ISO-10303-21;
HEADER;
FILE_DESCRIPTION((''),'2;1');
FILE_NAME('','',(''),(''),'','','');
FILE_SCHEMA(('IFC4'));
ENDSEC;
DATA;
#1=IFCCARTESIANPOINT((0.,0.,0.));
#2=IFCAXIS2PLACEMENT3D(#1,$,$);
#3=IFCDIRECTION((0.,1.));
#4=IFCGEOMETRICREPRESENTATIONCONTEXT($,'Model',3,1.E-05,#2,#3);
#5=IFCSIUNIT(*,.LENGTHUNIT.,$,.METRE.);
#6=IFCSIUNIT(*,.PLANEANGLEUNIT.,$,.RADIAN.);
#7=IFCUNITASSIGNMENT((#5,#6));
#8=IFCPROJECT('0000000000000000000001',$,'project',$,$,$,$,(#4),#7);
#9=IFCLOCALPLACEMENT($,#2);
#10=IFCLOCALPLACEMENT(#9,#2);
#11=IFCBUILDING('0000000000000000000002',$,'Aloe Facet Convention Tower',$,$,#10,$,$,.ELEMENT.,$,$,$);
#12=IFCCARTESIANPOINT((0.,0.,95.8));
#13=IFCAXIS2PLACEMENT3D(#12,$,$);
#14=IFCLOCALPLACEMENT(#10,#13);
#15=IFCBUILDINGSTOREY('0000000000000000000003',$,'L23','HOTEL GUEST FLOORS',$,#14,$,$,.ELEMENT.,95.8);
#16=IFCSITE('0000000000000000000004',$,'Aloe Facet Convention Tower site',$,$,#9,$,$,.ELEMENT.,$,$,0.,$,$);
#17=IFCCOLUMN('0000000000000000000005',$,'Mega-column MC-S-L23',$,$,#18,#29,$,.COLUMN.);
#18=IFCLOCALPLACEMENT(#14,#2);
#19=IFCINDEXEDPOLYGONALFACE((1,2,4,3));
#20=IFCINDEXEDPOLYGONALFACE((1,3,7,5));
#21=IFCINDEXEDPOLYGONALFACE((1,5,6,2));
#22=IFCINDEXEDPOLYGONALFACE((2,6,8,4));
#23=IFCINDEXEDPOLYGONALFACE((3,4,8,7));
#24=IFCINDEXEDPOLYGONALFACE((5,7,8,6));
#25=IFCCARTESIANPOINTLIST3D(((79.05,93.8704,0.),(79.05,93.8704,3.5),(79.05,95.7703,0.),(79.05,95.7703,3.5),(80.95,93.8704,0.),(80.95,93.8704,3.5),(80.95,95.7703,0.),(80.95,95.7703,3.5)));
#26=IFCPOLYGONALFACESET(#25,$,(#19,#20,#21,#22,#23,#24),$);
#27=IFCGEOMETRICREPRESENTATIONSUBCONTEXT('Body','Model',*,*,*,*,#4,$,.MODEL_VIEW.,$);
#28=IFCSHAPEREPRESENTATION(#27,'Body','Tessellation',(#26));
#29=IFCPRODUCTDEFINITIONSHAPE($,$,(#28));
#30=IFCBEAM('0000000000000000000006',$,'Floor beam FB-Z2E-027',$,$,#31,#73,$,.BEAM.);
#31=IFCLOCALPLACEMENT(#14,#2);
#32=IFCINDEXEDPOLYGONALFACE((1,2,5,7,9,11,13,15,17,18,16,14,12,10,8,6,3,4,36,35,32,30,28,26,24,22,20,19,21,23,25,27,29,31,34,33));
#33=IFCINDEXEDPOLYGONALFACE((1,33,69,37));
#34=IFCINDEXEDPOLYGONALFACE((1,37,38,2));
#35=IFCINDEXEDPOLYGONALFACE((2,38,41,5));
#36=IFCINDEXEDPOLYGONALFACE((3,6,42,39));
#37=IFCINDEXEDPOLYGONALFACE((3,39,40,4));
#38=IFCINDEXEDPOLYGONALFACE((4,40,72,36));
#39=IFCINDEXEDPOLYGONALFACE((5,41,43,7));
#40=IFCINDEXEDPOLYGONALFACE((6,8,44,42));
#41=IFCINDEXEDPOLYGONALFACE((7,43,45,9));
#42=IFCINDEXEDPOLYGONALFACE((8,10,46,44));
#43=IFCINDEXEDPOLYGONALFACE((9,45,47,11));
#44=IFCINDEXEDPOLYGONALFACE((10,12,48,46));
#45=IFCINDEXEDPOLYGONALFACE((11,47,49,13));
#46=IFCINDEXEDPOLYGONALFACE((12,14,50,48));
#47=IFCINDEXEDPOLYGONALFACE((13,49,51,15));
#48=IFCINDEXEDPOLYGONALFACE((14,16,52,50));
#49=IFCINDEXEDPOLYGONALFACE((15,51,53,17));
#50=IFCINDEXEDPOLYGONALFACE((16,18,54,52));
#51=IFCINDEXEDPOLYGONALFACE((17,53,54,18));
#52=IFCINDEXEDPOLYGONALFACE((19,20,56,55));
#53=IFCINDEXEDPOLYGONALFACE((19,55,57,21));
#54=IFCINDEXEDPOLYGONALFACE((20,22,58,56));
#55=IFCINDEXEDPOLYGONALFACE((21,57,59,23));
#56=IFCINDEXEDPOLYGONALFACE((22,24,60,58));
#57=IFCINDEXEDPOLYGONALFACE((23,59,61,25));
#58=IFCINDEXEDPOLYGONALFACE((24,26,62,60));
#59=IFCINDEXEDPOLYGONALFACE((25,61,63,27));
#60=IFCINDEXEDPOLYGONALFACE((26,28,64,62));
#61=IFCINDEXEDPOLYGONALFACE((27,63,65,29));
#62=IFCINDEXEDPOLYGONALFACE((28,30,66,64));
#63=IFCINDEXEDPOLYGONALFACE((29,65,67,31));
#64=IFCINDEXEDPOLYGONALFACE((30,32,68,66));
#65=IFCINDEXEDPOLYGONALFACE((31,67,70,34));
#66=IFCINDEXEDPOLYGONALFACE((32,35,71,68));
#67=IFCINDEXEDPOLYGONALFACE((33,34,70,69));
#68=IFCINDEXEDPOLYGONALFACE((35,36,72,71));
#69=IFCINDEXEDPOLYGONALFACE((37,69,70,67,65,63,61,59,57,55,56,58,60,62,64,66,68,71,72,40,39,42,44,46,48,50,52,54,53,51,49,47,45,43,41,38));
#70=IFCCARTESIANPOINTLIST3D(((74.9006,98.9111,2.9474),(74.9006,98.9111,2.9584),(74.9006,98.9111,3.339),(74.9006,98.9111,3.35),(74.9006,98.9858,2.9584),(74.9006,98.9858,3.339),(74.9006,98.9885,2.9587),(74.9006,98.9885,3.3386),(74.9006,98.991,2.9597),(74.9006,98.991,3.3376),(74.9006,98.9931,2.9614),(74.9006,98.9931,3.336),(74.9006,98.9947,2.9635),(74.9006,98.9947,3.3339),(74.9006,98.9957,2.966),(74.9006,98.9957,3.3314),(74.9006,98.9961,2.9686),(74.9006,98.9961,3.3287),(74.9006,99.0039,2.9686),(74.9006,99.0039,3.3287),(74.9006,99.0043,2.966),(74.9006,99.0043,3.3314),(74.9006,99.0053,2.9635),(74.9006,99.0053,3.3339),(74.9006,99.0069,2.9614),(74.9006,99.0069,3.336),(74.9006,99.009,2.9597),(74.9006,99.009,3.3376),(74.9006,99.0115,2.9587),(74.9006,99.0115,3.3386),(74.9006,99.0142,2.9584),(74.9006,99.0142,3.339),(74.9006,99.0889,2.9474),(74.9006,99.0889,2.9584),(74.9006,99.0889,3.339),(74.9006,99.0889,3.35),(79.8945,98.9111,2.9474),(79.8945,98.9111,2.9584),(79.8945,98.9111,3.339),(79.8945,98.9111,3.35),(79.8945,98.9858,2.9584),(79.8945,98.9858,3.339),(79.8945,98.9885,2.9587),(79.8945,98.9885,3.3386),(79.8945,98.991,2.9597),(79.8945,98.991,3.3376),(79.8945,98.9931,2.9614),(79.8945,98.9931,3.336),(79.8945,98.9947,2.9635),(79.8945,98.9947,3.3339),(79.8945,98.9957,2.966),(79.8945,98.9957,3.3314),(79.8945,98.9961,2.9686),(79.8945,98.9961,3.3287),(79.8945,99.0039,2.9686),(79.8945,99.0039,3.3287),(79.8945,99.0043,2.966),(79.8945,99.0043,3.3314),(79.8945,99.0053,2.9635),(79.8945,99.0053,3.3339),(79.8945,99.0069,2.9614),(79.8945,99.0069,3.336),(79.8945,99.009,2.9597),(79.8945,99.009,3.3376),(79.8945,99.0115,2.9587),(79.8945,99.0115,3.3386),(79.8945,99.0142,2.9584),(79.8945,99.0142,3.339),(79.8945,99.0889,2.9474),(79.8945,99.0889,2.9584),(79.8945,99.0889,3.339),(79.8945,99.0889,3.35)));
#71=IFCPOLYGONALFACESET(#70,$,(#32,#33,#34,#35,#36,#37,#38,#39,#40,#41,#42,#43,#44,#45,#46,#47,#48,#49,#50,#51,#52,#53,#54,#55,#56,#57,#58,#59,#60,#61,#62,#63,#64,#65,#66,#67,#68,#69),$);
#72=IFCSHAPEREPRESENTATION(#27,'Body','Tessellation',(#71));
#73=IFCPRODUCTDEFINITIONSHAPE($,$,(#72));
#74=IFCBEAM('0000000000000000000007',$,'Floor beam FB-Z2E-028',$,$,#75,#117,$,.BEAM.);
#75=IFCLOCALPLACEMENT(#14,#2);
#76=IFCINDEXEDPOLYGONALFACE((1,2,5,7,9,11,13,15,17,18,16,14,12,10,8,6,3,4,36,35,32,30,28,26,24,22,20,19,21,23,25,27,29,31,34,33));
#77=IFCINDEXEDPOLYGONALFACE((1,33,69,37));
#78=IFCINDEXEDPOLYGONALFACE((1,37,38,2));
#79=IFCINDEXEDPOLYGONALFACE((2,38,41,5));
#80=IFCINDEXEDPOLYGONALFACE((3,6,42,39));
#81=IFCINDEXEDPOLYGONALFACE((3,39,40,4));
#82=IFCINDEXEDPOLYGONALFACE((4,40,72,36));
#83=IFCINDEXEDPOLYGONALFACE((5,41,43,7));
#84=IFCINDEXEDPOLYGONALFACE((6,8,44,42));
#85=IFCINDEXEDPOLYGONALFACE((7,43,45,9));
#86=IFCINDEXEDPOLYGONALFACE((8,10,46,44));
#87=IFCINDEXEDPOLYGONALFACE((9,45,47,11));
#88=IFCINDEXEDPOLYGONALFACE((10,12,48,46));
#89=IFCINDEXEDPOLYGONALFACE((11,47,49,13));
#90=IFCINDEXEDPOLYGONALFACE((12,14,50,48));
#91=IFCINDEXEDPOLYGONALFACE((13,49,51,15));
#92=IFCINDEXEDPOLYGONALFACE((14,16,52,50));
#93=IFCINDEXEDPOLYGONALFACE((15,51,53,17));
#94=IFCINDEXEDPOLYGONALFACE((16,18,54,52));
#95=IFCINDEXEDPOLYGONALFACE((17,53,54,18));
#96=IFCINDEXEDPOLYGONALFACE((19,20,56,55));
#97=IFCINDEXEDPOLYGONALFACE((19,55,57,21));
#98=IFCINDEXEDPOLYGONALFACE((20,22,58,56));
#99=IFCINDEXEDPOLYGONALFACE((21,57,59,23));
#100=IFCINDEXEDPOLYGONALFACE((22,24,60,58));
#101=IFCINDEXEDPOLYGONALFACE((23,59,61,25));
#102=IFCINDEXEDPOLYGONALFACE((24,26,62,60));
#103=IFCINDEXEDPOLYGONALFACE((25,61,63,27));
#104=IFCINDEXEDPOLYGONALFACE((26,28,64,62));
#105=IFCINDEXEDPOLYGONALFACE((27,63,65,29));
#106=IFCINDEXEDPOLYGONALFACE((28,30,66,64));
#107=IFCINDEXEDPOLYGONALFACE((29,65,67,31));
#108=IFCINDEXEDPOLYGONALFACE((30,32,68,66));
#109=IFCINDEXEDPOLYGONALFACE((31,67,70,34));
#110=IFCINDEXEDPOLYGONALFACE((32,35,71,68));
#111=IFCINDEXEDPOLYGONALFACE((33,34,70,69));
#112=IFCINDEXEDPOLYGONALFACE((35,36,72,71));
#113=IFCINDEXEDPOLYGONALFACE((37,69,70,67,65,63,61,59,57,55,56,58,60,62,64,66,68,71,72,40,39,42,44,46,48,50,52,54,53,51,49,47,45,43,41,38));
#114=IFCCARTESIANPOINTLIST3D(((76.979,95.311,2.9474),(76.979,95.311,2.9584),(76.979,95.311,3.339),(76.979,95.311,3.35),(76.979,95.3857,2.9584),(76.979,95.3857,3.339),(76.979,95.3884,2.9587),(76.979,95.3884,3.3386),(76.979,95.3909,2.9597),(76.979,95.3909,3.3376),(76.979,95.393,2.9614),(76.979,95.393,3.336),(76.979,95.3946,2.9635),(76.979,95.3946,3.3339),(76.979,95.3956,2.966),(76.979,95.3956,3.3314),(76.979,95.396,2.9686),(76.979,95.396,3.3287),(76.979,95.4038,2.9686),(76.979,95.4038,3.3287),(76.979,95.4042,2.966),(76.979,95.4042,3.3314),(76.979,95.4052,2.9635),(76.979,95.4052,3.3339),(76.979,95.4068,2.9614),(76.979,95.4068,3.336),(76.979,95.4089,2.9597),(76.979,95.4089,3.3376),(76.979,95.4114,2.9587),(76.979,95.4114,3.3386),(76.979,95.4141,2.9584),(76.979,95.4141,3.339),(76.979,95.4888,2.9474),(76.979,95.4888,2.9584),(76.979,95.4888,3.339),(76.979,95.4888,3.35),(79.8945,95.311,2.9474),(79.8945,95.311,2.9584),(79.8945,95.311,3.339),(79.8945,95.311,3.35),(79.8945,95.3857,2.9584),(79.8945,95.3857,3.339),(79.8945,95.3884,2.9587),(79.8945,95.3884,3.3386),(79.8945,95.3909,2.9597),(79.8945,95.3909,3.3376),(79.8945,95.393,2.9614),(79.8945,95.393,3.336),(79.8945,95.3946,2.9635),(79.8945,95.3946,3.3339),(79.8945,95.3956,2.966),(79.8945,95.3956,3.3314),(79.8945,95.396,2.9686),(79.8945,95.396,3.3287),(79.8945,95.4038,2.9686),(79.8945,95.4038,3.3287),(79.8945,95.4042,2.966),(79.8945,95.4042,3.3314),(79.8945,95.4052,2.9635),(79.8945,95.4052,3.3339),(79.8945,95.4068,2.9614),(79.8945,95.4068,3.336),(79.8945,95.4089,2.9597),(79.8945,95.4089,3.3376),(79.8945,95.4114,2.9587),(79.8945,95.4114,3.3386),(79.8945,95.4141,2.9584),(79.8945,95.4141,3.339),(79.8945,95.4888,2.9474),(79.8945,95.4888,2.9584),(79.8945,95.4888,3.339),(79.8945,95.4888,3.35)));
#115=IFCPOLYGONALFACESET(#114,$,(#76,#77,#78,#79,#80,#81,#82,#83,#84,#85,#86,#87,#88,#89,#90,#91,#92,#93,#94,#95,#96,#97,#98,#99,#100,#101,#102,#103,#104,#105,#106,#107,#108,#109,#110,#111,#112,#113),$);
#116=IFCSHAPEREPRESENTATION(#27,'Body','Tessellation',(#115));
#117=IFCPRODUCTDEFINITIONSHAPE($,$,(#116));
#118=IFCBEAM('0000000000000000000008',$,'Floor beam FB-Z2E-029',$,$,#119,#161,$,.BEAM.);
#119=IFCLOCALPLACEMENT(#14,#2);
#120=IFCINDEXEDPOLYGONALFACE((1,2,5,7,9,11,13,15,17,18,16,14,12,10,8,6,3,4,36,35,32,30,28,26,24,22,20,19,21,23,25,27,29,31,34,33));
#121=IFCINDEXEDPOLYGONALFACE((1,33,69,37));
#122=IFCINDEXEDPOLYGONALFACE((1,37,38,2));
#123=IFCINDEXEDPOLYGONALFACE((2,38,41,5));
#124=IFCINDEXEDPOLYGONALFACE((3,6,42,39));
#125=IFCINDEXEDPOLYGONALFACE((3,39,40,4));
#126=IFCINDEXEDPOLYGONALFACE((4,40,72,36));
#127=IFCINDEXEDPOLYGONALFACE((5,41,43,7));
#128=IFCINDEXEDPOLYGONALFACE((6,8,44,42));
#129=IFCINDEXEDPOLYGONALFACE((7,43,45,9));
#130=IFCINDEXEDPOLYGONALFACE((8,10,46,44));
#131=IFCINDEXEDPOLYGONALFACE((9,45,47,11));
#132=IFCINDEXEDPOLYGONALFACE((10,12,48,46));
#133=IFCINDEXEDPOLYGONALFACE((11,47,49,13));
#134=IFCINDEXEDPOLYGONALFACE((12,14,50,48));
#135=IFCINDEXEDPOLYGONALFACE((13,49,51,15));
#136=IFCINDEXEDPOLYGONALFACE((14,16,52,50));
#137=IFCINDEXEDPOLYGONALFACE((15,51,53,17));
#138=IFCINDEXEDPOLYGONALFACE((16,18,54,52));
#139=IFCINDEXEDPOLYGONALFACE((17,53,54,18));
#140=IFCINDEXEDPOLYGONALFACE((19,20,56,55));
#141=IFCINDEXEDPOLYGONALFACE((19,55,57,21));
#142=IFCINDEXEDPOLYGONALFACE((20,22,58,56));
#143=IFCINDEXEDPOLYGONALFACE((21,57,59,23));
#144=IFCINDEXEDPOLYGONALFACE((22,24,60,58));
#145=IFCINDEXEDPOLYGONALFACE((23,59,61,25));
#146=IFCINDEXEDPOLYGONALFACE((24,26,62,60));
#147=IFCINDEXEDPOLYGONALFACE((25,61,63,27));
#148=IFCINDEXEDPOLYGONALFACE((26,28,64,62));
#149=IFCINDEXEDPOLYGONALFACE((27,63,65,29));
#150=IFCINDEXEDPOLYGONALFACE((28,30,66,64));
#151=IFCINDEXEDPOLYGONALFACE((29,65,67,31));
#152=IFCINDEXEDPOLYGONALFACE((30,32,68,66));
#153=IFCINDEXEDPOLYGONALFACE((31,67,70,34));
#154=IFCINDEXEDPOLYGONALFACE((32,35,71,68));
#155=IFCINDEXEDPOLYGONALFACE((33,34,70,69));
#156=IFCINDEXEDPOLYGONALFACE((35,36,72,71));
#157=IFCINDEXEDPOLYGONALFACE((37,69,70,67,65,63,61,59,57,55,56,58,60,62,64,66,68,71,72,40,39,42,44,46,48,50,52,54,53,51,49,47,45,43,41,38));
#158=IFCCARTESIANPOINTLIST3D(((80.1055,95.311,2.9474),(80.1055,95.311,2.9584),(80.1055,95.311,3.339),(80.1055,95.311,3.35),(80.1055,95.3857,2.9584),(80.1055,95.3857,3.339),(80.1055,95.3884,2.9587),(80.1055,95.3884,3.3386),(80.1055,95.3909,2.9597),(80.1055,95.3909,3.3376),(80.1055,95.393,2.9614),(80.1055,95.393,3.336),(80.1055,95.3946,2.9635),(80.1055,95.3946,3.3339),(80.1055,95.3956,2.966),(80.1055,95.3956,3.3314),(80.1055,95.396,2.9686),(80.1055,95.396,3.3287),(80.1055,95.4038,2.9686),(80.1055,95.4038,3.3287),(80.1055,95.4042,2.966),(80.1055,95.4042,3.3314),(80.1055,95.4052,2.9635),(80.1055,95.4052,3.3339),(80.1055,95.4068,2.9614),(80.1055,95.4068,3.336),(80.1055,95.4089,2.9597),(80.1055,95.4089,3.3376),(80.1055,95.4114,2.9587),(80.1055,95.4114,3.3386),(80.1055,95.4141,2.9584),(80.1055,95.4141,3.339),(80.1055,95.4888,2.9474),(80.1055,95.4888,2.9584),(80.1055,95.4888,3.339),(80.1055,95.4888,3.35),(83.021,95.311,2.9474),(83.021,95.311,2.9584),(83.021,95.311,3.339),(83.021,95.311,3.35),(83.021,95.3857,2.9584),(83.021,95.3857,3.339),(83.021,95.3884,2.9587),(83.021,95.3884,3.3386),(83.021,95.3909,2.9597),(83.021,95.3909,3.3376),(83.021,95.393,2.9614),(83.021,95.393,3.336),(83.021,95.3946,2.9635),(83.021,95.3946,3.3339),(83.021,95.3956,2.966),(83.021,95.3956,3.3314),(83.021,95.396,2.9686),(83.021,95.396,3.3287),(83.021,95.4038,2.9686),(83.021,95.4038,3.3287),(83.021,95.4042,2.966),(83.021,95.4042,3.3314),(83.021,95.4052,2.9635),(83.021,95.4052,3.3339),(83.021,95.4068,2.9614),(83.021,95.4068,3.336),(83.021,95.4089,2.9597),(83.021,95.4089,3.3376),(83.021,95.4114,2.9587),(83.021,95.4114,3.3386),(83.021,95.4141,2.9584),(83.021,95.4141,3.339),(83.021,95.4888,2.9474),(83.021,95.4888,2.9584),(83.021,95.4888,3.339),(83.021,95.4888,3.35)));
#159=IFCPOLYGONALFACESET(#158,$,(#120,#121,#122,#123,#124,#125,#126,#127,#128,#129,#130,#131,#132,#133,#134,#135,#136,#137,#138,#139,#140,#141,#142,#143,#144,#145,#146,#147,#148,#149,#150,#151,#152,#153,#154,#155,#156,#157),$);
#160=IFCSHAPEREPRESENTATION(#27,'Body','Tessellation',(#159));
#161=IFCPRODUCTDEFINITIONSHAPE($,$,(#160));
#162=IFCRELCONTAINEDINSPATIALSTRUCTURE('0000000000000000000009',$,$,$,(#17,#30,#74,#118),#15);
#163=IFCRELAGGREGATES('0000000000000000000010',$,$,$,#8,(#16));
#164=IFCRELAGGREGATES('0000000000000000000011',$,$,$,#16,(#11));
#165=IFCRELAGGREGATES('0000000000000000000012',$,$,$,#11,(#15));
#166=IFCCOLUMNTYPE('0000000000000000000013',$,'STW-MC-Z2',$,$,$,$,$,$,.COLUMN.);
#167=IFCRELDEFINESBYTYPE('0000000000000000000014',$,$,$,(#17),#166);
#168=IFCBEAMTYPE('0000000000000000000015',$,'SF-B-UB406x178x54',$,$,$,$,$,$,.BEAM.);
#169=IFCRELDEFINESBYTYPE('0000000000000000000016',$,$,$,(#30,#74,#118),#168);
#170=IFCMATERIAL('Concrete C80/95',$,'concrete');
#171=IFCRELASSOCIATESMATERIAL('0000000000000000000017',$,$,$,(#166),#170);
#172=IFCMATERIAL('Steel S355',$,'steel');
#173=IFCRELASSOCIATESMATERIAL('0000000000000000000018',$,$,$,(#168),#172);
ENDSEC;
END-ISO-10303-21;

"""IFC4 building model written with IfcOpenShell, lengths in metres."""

from ifc_helpers import new_model, si_unit, direction, frame, origin, origin_2d, place, context, subcontext, project, spatial, rectangle, i_section, extrude, material, material_profile, profile_set, type_object, element, save


model = new_model("IFC4")

# Units and contexts
model_context = context("Model", 3, precision=1e-05, world=origin(), true_north=direction((0.0, 1.0)))
body_context = subcontext(model_context, "Body", "Model", "MODEL_VIEW")
ifc_project = project(units=[si_unit("LENGTHUNIT", "METRE"), si_unit("PLANEANGLEUNIT", "RADIAN")], contexts=[model_context])

# Site, building, storey
site_placement = place(None, origin())
site = spatial("IfcSite", under=ifc_project, at=site_placement, Name="Aloe Facet Convention Tower site", CompositionType="ELEMENT", RefElevation=0.0)
building_placement = place(site_placement, origin())
building = spatial("IfcBuilding", under=site, at=building_placement, Name="Aloe Facet Convention Tower", CompositionType="ELEMENT")
storey_placement = place(building_placement, frame((0.0, 0.0, 95.8)))
storey = spatial("IfcBuildingStorey", under=building, at=storey_placement, Name="L23", Description="HOTEL GUEST FLOORS", CompositionType="ELEMENT", Elevation=95.8)

# Column
ifc_material_1 = material(Name="Concrete C80/95", Category="concrete")
ifc_material_profile_1 = material_profile(ifc_material_1, rectangle(XDim=1.8999, YDim=1.8999, at=origin_2d()), Name="STW-MC-Z2")
ifc_profile_set_1 = profile_set([ifc_material_profile_1], Name="Concrete C80/95")
column_type = type_object("IfcColumnType", Name="STW-MC-Z2", PredefinedType="COLUMN", material=ifc_profile_set_1)
column_placement = place(storey_placement, frame((80.0, 94.8203, 0.0), z_axis=(0.0, 0.0, 1.0), x_axis=(1.0, 0.0, 0.0)))
element("IfcColumn", 1, at=column_placement, inside=storey, type_object=column_type, Name="Mega-column MC-S-L23", PredefinedType="COLUMN", context=body_context, shape_type="SweptSolid", body=[
    extrude(rectangle(XDim=1.8999, YDim=1.8999, at=origin_2d()), origin(), (0.0, 0.0, 1.0), 3.5),
])

# Beams
ifc_material_2 = material(Name="Steel S355", Category="steel")
ifc_material_profile_2 = material_profile(ifc_material_2, i_section(OverallWidth=0.1777, OverallDepth=0.4026, WebThickness=0.0078, FlangeThickness=0.011, FilletRadius=0.0103, at=origin_2d()), Name="UB 406x178x54")
ifc_profile_set_2 = profile_set([ifc_material_profile_2], Name="Steel S355")
beam_type = type_object("IfcBeamType", Name="SF-B-UB406x178x54", PredefinedType="BEAM", material=ifc_profile_set_2)
beam_1_placement = place(storey_placement, frame((74.9006, 99.0, 3.1487), z_axis=(1.0, 0.0, 0.0), x_axis=(0.0, 1.0, 0.0)))
element("IfcBeam", 2, at=beam_1_placement, inside=storey, type_object=beam_type, Name="Floor beam FB-Z2E-027", PredefinedType="BEAM", context=body_context, shape_type="SweptSolid", body=[
    extrude(i_section(OverallWidth=0.1777, OverallDepth=0.4026, WebThickness=0.0078, FlangeThickness=0.011, FilletRadius=0.0103, at=origin_2d()), origin(), (0.0, 0.0, 1.0), 4.9939),
])
for number, where, z_axis, x_axis, name in (
    (3, (76.979, 95.3999, 3.1487), (1.0, 0.0, 0.0), (0.0, 1.0, 0.0), "Floor beam FB-Z2E-028"),
    (4, (80.1055, 95.3999, 3.1487), (1.0, 0.0, 0.0), (0.0, 1.0, 0.0), "Floor beam FB-Z2E-029"),
):
    element("IfcBeam", number, at=place(storey_placement, frame(where, z_axis=z_axis, x_axis=x_axis)), inside=storey, type_object=beam_type, Name=name, PredefinedType="BEAM", context=body_context, shape_type="SweptSolid", body=[
        extrude(i_section(OverallWidth=0.1777, OverallDepth=0.4026, WebThickness=0.0078, FlangeThickness=0.011, FilletRadius=0.0103, at=origin_2d()), origin(), (0.0, 0.0, 1.0), 2.9155),
    ])

save(model, "model.ifc")
